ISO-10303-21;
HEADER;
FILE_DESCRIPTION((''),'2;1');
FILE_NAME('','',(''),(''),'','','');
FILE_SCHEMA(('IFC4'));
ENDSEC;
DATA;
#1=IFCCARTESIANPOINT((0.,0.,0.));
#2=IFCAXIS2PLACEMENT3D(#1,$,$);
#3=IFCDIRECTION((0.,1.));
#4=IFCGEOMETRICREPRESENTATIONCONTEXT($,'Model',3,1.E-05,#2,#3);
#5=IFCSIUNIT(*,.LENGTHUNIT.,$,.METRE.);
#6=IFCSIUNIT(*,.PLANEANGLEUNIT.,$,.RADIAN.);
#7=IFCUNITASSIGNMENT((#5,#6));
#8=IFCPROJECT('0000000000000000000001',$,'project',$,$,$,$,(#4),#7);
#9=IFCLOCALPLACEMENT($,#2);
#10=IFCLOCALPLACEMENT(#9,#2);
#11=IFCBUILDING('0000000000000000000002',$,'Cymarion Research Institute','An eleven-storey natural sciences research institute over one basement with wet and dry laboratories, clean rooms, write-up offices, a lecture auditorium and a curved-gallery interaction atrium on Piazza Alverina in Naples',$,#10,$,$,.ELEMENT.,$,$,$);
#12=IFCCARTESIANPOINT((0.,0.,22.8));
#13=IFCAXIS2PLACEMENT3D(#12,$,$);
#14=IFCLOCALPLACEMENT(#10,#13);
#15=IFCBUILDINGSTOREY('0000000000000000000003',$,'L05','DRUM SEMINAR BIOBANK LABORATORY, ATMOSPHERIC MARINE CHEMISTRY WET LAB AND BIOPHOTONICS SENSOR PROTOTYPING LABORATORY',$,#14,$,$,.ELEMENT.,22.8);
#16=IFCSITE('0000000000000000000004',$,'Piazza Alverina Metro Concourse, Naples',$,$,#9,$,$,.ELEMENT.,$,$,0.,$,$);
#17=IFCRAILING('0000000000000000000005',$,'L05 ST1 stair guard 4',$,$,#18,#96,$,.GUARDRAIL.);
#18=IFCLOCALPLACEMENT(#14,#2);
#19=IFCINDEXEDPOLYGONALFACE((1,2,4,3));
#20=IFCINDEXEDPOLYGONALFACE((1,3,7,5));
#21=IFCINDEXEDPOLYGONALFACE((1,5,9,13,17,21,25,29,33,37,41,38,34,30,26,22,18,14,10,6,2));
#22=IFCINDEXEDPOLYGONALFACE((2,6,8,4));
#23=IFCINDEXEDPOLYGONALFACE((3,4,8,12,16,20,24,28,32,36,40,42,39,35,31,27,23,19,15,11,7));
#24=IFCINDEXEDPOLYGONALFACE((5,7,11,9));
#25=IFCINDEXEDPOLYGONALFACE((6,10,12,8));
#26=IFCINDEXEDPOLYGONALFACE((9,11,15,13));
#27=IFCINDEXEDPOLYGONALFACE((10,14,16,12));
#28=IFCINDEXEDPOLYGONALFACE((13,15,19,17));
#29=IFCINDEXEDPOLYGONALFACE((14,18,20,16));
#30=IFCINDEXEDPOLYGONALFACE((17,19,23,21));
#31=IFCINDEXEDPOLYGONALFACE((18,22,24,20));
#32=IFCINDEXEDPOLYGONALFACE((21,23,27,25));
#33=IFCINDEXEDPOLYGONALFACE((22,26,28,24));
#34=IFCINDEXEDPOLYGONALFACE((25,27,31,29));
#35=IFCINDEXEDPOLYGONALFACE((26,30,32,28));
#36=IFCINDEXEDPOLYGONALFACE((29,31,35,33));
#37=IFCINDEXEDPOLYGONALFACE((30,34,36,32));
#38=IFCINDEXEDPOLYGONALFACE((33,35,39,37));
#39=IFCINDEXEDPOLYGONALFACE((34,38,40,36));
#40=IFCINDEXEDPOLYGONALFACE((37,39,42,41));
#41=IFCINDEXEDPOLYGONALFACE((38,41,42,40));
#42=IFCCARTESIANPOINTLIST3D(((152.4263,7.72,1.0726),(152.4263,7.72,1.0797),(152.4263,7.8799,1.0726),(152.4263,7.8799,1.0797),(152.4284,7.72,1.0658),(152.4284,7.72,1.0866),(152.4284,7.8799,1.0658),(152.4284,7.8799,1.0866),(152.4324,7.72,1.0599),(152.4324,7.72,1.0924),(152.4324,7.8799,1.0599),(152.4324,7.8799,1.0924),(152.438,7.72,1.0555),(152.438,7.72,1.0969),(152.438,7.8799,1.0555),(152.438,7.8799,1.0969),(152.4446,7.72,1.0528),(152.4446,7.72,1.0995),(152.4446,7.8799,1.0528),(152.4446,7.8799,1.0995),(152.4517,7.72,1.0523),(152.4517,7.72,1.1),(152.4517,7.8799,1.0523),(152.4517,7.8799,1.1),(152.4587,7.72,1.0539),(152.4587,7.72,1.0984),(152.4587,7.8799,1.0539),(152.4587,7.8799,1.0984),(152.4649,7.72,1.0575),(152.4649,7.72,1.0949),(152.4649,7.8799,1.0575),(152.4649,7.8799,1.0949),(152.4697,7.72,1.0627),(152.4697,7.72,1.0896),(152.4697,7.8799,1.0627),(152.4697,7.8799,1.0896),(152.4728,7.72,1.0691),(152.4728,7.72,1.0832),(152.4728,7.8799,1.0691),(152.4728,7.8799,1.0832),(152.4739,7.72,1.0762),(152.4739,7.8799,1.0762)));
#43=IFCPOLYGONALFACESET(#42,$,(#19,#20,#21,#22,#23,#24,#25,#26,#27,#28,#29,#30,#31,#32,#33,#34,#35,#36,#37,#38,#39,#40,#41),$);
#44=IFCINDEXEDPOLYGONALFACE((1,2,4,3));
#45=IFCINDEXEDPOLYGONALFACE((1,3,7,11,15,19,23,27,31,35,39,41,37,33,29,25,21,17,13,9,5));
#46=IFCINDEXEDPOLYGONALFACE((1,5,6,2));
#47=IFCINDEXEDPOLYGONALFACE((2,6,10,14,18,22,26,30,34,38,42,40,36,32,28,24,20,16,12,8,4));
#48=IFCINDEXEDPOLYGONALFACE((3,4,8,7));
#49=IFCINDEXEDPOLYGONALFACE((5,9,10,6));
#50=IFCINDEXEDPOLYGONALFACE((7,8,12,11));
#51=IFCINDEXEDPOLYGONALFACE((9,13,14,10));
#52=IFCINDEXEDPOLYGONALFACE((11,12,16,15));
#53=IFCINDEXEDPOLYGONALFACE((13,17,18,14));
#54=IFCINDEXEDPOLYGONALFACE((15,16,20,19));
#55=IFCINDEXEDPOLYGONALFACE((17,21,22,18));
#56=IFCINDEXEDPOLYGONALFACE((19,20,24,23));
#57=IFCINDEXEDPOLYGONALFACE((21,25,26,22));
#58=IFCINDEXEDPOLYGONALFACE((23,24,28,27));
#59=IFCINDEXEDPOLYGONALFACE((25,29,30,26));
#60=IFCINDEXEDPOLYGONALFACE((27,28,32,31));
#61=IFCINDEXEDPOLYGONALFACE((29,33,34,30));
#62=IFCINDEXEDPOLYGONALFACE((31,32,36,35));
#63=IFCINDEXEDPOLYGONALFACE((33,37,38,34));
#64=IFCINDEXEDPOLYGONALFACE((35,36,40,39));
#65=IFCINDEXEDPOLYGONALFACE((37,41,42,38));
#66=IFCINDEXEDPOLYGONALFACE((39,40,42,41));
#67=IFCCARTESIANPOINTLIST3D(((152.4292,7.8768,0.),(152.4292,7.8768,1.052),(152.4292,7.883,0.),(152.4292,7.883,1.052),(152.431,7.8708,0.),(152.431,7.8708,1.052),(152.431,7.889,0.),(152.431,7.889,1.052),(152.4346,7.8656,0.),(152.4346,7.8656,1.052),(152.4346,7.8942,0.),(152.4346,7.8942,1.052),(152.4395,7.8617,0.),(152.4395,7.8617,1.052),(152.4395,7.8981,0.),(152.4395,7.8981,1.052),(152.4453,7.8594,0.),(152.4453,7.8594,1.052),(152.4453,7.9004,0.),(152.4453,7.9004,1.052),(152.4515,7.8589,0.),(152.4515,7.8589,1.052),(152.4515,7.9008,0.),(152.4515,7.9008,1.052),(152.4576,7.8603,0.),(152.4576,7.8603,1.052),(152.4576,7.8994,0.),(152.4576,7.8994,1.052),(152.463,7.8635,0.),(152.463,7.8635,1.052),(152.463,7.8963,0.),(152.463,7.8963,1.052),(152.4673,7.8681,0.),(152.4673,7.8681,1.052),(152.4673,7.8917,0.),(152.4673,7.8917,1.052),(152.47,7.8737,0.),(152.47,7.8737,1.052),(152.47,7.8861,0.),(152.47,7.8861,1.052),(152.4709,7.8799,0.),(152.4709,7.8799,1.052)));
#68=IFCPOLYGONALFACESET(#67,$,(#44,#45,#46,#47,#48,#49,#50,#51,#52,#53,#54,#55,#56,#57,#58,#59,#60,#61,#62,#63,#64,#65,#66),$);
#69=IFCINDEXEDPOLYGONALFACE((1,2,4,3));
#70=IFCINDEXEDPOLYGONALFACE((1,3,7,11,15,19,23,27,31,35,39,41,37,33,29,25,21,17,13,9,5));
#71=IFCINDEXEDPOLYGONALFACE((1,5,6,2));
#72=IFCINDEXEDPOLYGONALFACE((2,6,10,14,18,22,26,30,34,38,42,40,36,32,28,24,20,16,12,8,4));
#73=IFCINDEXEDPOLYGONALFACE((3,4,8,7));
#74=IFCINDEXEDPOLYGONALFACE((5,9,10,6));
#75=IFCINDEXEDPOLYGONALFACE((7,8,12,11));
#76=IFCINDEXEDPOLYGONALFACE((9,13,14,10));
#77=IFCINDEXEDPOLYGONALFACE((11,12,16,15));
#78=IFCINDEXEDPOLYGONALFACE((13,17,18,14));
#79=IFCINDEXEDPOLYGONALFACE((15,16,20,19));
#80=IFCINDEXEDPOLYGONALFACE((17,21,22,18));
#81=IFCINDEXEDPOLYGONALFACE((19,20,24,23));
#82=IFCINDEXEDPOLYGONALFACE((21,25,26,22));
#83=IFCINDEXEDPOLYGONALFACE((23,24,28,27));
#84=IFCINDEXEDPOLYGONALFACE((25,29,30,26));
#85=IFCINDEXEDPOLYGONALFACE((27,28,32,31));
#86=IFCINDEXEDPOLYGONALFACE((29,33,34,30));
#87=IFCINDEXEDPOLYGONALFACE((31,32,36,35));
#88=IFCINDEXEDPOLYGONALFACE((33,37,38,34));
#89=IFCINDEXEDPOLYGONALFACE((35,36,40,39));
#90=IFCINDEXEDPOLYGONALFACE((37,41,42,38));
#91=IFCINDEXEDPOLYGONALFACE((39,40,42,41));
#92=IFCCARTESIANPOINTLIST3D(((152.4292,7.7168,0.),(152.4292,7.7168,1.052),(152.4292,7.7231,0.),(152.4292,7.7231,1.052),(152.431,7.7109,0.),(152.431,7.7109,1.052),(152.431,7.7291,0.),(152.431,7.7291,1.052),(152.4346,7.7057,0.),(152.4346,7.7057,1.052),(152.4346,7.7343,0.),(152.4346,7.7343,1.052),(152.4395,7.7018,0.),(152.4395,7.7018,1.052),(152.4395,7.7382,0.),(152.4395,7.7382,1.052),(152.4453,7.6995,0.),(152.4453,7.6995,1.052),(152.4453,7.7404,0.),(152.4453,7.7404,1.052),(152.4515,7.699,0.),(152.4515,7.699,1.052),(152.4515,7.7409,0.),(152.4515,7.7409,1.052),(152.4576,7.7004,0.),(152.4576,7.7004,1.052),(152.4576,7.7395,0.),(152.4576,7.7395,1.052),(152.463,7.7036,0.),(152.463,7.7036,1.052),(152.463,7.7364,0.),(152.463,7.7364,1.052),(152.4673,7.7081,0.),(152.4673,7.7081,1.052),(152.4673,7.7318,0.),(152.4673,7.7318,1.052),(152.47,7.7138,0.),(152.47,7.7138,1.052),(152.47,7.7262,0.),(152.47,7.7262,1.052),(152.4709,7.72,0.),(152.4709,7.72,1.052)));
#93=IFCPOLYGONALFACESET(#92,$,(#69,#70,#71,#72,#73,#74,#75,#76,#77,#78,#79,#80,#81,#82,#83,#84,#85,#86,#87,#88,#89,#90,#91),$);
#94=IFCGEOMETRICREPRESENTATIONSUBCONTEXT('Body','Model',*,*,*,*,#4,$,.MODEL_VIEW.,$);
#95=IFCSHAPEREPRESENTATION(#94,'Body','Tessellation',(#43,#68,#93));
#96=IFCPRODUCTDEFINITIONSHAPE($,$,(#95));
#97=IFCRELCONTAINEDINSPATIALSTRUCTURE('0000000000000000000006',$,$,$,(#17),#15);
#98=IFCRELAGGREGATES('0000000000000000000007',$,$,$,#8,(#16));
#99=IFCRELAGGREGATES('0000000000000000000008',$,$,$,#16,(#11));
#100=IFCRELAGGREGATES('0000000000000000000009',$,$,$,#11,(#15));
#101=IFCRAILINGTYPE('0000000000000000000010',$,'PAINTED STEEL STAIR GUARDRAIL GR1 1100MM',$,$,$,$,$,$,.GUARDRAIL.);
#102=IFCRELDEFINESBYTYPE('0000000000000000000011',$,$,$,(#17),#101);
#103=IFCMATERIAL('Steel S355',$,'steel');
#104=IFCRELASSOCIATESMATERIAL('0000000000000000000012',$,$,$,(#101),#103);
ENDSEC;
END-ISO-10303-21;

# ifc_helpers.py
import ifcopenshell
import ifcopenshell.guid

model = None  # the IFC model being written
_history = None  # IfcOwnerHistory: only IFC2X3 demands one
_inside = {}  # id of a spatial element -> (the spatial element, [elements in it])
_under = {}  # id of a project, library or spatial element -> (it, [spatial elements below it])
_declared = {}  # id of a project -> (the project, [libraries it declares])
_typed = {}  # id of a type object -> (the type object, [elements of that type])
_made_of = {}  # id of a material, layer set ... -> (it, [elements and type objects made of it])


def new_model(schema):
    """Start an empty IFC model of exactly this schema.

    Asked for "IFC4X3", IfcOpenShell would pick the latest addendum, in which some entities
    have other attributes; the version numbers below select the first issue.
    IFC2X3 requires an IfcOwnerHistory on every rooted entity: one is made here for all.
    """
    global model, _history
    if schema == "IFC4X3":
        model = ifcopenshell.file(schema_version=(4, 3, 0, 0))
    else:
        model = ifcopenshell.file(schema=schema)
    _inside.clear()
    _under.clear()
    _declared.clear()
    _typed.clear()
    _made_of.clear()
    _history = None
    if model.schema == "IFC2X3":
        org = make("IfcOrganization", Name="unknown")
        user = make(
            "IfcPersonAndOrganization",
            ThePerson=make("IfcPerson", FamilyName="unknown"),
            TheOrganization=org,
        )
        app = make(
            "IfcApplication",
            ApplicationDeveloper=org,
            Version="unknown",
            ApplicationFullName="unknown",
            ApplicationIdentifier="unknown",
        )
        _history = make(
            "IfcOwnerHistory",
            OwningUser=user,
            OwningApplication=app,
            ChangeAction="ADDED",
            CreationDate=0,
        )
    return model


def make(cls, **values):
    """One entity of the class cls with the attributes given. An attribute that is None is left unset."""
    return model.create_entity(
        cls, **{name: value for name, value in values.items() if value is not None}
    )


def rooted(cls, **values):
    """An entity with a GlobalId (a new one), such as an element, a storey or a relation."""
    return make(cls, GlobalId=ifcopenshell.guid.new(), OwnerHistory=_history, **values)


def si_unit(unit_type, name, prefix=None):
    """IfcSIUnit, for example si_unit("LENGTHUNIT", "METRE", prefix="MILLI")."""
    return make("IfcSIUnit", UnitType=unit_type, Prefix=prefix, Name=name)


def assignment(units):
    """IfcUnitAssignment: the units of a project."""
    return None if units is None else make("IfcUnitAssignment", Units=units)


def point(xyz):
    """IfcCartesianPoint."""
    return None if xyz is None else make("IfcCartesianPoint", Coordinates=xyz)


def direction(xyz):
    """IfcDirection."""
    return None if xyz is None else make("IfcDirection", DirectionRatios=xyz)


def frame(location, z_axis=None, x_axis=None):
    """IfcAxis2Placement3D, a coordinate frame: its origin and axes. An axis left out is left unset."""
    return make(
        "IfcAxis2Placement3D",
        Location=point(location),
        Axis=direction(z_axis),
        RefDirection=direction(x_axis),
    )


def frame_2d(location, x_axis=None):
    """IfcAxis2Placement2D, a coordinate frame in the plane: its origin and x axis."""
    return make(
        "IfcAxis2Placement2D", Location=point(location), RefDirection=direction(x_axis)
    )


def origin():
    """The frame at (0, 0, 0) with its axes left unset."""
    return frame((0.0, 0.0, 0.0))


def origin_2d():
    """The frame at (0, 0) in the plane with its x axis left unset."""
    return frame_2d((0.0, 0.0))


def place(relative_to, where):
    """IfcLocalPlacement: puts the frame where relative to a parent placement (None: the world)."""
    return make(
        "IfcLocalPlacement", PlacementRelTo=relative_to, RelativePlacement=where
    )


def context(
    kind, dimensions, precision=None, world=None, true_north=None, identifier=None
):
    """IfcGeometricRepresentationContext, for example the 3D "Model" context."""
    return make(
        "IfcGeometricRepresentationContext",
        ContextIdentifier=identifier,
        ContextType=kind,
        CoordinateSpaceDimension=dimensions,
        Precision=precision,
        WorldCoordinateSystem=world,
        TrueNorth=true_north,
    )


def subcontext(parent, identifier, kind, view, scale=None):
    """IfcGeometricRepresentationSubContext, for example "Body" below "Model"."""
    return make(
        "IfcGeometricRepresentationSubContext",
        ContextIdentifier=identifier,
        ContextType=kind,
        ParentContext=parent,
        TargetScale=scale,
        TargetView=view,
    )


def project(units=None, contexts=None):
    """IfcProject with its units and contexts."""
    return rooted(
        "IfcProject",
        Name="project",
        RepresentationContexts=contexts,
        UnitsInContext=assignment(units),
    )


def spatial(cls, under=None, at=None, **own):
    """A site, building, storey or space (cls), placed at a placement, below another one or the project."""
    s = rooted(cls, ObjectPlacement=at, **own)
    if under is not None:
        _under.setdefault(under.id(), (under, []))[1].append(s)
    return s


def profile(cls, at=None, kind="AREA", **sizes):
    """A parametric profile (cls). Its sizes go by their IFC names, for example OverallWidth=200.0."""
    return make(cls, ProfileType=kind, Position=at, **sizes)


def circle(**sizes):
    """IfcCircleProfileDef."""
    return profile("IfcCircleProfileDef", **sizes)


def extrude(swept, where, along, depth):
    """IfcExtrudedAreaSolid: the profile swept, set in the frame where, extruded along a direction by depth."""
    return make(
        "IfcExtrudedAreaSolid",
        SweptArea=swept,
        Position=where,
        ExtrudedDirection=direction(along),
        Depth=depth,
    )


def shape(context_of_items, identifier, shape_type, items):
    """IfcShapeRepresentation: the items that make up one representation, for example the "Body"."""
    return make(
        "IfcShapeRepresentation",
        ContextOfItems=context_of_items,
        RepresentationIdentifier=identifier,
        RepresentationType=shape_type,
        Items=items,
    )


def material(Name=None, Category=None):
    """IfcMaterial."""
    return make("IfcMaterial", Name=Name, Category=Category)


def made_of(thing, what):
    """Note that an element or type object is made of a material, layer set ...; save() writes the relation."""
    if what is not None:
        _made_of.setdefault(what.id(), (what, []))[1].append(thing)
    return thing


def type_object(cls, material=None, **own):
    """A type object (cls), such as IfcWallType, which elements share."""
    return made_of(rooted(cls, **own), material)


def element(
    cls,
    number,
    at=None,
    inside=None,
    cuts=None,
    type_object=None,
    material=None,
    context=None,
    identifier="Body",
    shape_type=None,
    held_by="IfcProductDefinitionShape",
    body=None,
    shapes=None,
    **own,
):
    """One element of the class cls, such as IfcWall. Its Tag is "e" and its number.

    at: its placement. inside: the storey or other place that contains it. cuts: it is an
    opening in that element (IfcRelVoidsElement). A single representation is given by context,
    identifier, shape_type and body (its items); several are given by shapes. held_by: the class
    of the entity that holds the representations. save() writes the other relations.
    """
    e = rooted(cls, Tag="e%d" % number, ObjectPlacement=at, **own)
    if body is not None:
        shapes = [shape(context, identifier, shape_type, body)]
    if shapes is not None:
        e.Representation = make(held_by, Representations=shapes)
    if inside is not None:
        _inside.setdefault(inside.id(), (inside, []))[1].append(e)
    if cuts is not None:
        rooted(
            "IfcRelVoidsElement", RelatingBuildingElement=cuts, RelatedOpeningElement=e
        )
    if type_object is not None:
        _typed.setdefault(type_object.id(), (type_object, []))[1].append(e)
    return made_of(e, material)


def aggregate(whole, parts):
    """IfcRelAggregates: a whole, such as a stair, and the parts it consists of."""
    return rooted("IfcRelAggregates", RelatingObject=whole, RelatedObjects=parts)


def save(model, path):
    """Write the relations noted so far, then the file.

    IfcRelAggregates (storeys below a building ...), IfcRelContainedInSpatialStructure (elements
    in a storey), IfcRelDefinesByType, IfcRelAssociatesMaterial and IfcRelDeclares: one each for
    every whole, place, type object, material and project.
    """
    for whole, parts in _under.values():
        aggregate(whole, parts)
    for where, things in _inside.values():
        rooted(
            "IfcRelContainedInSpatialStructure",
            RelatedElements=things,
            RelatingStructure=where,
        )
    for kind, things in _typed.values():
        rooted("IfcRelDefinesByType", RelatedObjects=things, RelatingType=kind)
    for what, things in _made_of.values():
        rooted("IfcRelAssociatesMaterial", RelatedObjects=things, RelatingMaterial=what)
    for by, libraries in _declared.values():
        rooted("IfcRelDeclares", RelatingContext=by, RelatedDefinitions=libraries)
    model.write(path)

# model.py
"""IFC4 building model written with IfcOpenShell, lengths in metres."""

from ifc_helpers import new_model, si_unit, direction, frame, origin, origin_2d, place, context, subcontext, project, spatial, circle, extrude, material, type_object, element, save


model = new_model("IFC4")

# Units and contexts
model_context = context("Model", 3, precision=1e-05, world=origin(), true_north=direction((0.0, 1.0)))
body_context = subcontext(model_context, "Body", "Model", "MODEL_VIEW")
ifc_project = project(units=[si_unit("LENGTHUNIT", "METRE"), si_unit("PLANEANGLEUNIT", "RADIAN")], contexts=[model_context])

# Site, building, storey
site_placement = place(None, origin())
site = spatial("IfcSite", under=ifc_project, at=site_placement, Name="Piazza Alverina Metro Concourse, Naples", CompositionType="ELEMENT", RefElevation=0.0)
building_placement = place(site_placement, origin())
building = spatial("IfcBuilding", under=site, at=building_placement, Name="Cymarion Research Institute", Description="An eleven-storey natural sciences research institute over one basement with wet and dry laboratories, clean rooms, write-up offices, a lecture auditorium and a curved-gallery interaction atrium on Piazza Alverina in Naples", CompositionType="ELEMENT")
storey_placement = place(building_placement, frame((0.0, 0.0, 22.8)))
storey = spatial("IfcBuildingStorey", under=building, at=storey_placement, Name="L05", Description="DRUM SEMINAR BIOBANK LABORATORY, ATMOSPHERIC MARINE CHEMISTRY WET LAB AND BIOPHOTONICS SENSOR PROTOTYPING LABORATORY", CompositionType="ELEMENT", Elevation=22.8)

# Shared definitions
ifc_material_1 = material(Name="Steel S355", Category="steel")

# Railing
railing_type_1 = type_object("IfcRailingType", Name="PAINTED STEEL STAIR GUARDRAIL GR1 1100MM", PredefinedType="GUARDRAIL", material=ifc_material_1)
railing_1_placement = place(storey_placement, frame((152.45, 7.8799, 0.0)))
element("IfcRailing", 1, at=railing_1_placement, inside=storey, type_object=railing_type_1, Name="L05 ST1 stair guard 4", PredefinedType="GUARDRAIL", context=body_context, shape_type="SweptSolid", body=[
    extrude(circle(Radius=0.0239, at=origin_2d()), frame((0.0, 0.0, 1.0762), z_axis=(0.0, -1.0, 0.0), x_axis=(1.0, 0.0, 0.0)), (0.0, 0.0, 1.0), 0.1599),
    extrude(circle(Radius=0.021, at=origin_2d()), origin(), (0.0, 0.0, 1.0), 1.052),
    extrude(circle(Radius=0.021, at=origin_2d()), frame((0.0, -0.1599, 0.0)), (0.0, 0.0, 1.0), 1.052),
])

save(model, "model.ifc")
